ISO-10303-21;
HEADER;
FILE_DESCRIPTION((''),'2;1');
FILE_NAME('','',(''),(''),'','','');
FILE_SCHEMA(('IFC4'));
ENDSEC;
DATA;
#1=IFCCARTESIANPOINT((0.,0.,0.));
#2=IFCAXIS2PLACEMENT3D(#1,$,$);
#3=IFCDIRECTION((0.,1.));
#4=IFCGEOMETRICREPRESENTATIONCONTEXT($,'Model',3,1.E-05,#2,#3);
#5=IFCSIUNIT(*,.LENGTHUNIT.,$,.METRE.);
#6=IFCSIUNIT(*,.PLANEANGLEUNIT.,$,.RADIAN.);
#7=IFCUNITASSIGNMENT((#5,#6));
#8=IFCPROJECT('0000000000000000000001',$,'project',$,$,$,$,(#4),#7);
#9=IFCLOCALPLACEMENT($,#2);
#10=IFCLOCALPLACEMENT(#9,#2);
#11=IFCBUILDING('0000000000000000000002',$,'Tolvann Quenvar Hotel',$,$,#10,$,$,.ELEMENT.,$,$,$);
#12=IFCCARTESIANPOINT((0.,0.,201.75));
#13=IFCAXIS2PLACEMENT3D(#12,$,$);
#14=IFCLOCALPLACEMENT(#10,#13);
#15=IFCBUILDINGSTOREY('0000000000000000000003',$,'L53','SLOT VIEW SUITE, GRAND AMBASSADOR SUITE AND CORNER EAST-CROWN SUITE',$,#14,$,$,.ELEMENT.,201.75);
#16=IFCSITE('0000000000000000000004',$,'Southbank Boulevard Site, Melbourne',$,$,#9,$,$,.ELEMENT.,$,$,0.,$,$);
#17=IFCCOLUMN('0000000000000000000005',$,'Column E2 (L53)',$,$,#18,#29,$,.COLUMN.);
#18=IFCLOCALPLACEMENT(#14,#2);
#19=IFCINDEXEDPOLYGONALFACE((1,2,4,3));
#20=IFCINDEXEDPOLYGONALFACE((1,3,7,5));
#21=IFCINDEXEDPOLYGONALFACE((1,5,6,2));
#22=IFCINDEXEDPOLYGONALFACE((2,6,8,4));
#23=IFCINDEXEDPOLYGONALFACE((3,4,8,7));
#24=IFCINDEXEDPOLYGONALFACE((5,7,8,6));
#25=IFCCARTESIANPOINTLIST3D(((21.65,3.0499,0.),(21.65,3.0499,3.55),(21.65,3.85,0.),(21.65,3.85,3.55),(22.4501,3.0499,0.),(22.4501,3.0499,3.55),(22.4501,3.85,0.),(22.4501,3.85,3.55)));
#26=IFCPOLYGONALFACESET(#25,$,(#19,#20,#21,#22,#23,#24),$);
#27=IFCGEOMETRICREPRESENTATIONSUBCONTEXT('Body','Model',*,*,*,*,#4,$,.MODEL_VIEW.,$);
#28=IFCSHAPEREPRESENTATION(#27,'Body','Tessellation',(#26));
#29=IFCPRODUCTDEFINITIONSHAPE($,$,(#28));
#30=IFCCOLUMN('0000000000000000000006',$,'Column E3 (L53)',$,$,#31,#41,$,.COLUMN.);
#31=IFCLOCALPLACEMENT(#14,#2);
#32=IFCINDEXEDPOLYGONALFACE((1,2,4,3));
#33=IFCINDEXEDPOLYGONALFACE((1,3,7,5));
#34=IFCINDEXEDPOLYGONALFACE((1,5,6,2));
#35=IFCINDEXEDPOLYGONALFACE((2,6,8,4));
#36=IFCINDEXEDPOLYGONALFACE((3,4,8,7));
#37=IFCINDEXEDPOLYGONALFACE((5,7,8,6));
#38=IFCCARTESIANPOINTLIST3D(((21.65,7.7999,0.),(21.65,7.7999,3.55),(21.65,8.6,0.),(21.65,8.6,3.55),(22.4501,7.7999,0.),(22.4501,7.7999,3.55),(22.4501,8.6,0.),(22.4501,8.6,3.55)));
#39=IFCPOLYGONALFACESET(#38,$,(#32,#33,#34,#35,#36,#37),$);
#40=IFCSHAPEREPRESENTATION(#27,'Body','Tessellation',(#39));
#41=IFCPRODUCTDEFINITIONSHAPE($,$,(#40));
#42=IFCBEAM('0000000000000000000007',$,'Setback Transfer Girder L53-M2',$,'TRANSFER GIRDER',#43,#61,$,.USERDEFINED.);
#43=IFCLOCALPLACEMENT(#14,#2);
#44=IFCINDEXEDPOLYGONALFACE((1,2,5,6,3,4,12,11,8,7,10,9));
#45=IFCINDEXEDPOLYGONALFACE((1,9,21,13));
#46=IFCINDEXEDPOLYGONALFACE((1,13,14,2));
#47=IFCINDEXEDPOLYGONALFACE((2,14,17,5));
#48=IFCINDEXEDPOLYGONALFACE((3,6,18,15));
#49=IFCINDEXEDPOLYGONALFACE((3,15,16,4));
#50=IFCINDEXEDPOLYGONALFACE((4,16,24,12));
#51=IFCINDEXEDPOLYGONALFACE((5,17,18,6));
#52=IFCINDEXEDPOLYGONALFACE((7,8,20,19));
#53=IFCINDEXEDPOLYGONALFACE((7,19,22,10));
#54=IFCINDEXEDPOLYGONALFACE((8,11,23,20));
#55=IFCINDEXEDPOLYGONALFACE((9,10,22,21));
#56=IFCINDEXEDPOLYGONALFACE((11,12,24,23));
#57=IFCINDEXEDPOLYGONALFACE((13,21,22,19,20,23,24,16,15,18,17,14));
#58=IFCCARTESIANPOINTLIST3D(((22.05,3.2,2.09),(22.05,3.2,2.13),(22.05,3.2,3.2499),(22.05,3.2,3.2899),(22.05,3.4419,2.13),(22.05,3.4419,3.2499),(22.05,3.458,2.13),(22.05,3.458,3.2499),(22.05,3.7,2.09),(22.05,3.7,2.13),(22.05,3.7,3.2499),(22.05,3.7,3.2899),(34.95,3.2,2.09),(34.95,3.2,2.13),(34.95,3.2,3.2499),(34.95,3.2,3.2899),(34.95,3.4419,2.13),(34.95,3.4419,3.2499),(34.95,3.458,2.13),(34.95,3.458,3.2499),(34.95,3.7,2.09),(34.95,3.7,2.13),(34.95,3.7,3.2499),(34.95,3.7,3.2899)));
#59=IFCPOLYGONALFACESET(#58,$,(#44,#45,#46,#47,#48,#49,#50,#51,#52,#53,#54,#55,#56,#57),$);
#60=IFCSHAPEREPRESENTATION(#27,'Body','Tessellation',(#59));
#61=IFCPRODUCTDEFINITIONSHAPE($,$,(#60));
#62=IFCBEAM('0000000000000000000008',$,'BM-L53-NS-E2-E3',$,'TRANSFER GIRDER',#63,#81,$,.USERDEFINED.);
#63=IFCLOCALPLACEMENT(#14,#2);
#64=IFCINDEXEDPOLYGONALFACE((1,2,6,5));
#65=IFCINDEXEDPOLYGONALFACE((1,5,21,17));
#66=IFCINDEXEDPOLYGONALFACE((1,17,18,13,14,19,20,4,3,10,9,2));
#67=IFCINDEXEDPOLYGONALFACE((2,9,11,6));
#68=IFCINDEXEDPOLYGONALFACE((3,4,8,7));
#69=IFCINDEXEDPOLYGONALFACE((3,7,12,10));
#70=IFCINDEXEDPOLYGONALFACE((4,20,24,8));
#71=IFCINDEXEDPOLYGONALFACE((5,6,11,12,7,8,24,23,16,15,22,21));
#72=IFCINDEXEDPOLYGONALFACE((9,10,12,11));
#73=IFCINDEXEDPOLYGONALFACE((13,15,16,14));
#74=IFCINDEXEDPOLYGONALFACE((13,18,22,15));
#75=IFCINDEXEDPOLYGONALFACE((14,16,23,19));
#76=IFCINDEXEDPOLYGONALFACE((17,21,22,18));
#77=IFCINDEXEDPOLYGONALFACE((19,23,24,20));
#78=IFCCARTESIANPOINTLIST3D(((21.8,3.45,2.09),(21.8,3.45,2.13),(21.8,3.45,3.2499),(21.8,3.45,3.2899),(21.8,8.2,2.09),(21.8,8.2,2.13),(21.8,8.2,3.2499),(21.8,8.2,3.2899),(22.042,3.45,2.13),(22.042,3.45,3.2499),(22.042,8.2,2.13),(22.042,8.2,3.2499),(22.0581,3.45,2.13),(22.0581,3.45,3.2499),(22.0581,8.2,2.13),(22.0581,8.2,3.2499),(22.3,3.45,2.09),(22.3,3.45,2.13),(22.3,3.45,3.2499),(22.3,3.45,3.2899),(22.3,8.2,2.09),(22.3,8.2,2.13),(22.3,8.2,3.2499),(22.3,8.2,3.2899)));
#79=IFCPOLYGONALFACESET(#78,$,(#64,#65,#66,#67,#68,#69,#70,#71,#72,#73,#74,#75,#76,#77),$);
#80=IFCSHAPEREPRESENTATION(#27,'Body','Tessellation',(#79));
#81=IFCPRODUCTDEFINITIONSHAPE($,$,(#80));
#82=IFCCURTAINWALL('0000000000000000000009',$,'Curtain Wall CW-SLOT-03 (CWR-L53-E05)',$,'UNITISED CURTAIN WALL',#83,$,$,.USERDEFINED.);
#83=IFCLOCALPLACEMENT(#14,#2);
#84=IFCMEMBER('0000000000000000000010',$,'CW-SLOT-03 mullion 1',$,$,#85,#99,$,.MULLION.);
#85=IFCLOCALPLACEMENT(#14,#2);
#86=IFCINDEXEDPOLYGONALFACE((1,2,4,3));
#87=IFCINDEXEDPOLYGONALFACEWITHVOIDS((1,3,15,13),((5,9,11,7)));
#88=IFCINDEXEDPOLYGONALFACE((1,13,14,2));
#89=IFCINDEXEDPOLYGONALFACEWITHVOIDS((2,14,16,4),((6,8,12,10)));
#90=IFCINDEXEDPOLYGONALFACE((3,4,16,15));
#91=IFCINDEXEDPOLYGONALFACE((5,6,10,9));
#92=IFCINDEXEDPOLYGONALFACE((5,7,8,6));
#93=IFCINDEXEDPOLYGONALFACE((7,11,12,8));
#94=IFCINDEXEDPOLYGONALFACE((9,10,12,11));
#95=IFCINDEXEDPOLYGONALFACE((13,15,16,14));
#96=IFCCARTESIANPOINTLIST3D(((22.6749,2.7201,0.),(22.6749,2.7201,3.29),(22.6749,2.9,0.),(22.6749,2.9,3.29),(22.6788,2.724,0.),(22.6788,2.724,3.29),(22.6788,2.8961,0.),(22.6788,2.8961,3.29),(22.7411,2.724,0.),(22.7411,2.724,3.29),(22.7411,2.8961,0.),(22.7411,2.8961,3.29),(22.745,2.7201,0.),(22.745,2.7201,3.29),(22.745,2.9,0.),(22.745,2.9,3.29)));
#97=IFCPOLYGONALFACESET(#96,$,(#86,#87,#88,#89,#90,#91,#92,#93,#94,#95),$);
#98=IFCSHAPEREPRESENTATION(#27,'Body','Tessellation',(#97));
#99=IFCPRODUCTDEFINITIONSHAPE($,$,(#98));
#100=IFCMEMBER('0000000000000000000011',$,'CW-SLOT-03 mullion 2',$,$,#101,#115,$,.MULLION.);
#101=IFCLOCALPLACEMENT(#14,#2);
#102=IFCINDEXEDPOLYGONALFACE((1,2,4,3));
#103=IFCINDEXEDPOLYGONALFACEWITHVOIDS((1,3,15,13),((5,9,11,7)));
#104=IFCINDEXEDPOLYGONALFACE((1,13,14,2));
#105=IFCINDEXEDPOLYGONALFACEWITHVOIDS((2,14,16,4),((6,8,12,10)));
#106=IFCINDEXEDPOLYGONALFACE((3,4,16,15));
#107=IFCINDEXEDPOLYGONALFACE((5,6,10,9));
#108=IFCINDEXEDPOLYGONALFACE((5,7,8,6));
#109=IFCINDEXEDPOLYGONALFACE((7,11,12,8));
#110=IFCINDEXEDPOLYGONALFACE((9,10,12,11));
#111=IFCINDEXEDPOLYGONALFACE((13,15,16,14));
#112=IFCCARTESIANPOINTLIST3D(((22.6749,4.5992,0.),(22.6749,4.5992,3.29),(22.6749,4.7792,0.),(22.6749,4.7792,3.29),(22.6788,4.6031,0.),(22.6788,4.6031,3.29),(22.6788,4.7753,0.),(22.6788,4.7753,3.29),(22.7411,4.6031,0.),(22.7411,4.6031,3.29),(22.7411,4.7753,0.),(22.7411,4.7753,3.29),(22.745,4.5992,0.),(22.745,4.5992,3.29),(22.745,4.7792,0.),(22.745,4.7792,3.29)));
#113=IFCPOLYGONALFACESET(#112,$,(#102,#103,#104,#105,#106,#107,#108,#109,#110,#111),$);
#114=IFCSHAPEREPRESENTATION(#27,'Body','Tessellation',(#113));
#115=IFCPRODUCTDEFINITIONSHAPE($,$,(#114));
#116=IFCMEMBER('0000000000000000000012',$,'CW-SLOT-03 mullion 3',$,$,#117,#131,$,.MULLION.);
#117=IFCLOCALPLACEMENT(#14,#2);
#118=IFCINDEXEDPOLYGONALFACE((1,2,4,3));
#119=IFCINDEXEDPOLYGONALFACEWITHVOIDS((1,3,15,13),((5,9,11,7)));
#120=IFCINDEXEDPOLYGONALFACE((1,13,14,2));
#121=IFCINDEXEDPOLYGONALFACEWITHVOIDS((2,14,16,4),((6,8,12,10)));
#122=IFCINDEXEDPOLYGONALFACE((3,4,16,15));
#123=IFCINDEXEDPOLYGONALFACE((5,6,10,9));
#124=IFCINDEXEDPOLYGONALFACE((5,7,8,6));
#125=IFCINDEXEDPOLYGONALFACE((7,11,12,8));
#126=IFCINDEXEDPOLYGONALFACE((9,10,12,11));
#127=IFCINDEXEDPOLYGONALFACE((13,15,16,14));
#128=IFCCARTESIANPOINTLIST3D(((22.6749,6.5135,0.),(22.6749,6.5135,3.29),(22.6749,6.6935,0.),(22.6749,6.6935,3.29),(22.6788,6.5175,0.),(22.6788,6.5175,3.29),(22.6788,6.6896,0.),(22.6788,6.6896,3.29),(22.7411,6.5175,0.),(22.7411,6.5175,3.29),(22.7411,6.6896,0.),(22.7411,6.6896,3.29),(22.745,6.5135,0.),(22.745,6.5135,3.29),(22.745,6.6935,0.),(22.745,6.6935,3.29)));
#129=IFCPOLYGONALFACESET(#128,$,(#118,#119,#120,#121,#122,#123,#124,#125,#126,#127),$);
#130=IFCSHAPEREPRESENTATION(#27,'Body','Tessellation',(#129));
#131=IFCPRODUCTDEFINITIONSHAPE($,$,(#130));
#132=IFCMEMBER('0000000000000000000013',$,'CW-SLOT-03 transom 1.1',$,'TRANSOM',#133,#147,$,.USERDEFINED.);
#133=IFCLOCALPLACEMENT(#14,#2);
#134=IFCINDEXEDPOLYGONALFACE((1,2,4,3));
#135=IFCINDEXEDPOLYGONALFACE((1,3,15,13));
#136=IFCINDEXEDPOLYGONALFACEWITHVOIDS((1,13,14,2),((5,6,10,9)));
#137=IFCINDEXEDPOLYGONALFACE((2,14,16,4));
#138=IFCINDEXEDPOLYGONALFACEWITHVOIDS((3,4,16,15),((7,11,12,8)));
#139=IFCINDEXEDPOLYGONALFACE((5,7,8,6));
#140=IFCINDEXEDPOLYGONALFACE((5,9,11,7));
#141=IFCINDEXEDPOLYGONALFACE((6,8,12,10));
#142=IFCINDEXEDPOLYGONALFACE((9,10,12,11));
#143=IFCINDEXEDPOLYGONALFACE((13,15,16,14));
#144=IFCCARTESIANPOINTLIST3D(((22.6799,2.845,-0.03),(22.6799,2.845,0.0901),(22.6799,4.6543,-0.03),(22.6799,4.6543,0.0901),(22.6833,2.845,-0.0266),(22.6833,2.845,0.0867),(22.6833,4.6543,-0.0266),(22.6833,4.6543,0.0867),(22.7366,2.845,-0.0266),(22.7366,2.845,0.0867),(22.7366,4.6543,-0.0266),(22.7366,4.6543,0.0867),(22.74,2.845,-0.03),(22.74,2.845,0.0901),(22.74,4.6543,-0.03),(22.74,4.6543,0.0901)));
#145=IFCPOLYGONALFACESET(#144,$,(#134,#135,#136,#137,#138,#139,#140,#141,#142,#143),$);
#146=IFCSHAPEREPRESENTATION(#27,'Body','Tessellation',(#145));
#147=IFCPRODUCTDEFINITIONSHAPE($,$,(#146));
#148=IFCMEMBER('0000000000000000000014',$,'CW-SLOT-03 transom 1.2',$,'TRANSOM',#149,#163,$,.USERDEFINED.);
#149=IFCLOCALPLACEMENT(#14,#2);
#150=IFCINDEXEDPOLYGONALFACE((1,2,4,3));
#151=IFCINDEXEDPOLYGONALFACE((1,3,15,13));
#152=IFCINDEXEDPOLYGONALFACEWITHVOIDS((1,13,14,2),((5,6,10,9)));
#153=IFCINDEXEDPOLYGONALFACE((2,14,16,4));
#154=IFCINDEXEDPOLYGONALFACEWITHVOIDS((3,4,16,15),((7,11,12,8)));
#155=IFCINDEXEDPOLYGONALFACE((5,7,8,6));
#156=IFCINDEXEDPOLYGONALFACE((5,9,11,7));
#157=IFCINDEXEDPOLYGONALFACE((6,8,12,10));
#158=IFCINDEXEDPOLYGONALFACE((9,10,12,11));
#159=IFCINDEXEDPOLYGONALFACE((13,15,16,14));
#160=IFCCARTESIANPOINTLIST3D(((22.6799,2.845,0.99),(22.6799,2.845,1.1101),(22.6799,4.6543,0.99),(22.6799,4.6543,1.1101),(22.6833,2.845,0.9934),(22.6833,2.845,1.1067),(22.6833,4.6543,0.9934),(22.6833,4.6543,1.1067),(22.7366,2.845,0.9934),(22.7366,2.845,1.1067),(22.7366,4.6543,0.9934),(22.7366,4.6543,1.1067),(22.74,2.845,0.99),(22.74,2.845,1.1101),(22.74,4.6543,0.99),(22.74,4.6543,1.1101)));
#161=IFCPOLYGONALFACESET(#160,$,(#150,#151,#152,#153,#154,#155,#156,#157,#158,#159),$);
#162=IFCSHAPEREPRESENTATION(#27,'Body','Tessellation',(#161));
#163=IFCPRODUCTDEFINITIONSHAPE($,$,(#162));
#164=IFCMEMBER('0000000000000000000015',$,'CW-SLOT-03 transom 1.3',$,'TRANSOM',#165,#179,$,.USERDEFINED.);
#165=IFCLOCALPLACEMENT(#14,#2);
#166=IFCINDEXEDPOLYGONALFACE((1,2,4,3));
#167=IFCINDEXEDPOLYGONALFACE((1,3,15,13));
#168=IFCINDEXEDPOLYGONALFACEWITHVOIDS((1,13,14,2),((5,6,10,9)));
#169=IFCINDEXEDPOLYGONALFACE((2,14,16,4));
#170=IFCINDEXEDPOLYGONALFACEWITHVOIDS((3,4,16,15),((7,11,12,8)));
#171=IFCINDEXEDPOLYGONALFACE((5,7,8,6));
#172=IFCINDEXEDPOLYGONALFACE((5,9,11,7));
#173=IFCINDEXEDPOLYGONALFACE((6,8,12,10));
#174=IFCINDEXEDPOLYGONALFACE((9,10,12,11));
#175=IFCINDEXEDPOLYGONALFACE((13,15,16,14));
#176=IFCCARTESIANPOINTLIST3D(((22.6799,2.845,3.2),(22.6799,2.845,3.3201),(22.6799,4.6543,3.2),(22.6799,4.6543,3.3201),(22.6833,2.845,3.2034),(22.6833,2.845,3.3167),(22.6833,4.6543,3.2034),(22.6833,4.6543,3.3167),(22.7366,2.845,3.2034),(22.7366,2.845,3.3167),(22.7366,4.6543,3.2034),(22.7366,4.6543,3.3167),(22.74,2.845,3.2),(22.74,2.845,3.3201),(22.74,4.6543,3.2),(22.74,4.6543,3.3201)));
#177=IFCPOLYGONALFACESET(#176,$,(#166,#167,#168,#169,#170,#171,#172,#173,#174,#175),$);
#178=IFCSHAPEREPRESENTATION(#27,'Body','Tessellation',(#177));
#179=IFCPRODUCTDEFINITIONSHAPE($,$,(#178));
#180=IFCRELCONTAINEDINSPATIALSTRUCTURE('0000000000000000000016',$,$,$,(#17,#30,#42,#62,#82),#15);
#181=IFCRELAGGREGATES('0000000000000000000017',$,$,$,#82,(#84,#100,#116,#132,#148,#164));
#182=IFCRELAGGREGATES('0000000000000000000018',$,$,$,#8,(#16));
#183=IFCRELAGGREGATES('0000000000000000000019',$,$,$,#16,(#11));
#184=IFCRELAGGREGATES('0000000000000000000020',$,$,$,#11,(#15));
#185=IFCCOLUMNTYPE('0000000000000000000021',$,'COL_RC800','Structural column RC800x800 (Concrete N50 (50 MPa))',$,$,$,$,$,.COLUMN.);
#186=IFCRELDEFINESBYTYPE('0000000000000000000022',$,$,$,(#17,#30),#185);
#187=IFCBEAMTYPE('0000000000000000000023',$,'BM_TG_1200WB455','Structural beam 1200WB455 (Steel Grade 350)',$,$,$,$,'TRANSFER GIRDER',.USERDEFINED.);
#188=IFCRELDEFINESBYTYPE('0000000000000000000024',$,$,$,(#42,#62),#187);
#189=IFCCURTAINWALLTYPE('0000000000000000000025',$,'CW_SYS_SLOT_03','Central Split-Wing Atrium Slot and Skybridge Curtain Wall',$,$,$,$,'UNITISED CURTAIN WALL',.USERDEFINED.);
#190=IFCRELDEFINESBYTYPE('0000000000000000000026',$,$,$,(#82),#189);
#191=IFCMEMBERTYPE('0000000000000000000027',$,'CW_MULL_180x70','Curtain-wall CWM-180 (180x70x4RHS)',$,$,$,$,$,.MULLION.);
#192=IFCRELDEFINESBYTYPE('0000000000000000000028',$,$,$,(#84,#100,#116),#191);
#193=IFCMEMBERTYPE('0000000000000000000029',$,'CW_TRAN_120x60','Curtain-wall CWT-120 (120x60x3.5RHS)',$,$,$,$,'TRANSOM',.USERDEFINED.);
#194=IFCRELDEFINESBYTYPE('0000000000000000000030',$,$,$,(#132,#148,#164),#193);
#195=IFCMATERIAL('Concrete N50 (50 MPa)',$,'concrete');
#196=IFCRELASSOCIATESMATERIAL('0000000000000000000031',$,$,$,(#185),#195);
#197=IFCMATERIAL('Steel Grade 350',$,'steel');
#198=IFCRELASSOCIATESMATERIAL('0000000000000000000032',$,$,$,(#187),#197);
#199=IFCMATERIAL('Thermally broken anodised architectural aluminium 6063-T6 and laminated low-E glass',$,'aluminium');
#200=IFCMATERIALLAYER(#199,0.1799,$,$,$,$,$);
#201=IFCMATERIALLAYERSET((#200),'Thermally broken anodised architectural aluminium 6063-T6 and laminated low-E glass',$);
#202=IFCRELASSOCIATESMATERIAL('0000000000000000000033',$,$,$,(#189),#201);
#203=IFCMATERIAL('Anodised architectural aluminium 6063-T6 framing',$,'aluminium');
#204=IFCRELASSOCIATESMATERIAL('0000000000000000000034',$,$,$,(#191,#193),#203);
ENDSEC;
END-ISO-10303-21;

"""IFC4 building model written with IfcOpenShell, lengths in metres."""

from ifc_helpers import new_model, si_unit, direction, frame, origin, origin_2d, place, context, subcontext, project, spatial, rectangle, hollow_rectangle, i_section, extrude, source, transform, mapped, material, layer, layer_set, material_profile, profile_set, type_object, type_shapes, element, aggregate, save


model = new_model("IFC4")

# Units and contexts
model_context = context("Model", 3, precision=1e-05, world=origin(), true_north=direction((0.0, 1.0)))
body_context = subcontext(model_context, "Body", "Model", "MODEL_VIEW")
ifc_project = project(units=[si_unit("LENGTHUNIT", "METRE"), si_unit("PLANEANGLEUNIT", "RADIAN")], contexts=[model_context])

# Site, building, storey
site_placement = place(None, origin())
site = spatial("IfcSite", under=ifc_project, at=site_placement, Name="Southbank Boulevard Site, Melbourne", CompositionType="ELEMENT", RefElevation=0.0)
building_placement = place(site_placement, origin())
building = spatial("IfcBuilding", under=site, at=building_placement, Name="Tolvann Quenvar Hotel", CompositionType="ELEMENT")
storey_placement = place(building_placement, frame((0.0, 0.0, 201.75)))
storey = spatial("IfcBuildingStorey", under=building, at=storey_placement, Name="L53", Description="SLOT VIEW SUITE, GRAND AMBASSADOR SUITE AND CORNER EAST-CROWN SUITE", CompositionType="ELEMENT", Elevation=201.75)

# Columns
ifc_material_1 = material(Name="Concrete N50 (50 MPa)", Category="concrete")
ifc_material_profile_1 = material_profile(ifc_material_1, rectangle(XDim=0.8, YDim=0.8, at=origin_2d()), Name="RC800x800")
ifc_profile_set_1 = profile_set([ifc_material_profile_1], Name="Concrete N50 (50 MPa)")
column_type = type_object("IfcColumnType", Name="COL_RC800", Description="Structural column RC800x800 (Concrete N50 (50 MPa))", PredefinedType="COLUMN", material=ifc_profile_set_1)
shared_shape_1 = source(origin(), body_context, "Body", "SweptSolid", [
    extrude(rectangle(XDim=0.8, YDim=0.8, at=origin_2d()), origin(), (0.0, 0.0, 1.0), 3.55),
])
type_shapes(column_type, [shared_shape_1])
for number, where, z_axis, x_axis, name in (
    (1, (22.05, 3.45, 0.0), (0.0, 0.0, 1.0), (1.0, 0.0, 0.0), "Column E2 (L53)"),
    (2, (22.05, 8.2, 0.0), (0.0, 0.0, 1.0), (1.0, 0.0, 0.0), "Column E3 (L53)"),
):
    element("IfcColumn", number, at=place(storey_placement, frame(where, z_axis=z_axis, x_axis=x_axis)), inside=storey, type_object=column_type, Name=name, PredefinedType="COLUMN", context=body_context, shape_type="MappedRepresentation", body=[
        mapped(shared_shape_1, transform((0.0, 0.0, 0.0), x_axis=(1.0, 0.0, 0.0), y_axis=(0.0, 1.0, 0.0), z_axis=(0.0, 0.0, 1.0), scale=1.0)),
    ])

# Beams
ifc_material_2 = material(Name="Steel Grade 350", Category="steel")
ifc_material_profile_2 = material_profile(ifc_material_2, i_section(OverallWidth=0.5, OverallDepth=1.2, WebThickness=0.0161, FlangeThickness=0.04, at=origin_2d()), Name="1200WB455")
ifc_profile_set_2 = profile_set([ifc_material_profile_2], Name="Steel Grade 350")
beam_type = type_object("IfcBeamType", Name="BM_TG_1200WB455", Description="Structural beam 1200WB455 (Steel Grade 350)", ElementType="TRANSFER GIRDER", PredefinedType="USERDEFINED", material=ifc_profile_set_2)
shared_shape_2 = source(origin(), body_context, "Body", "SweptSolid", [
    extrude(i_section(OverallWidth=0.5, OverallDepth=1.2, WebThickness=0.0161, FlangeThickness=0.04, at=origin_2d()), origin(), (0.0, 0.0, 1.0), 12.8999),
])
beam_1_placement = place(storey_placement, frame((22.05, 3.45, 2.6899), z_axis=(1.0, 0.0, 0.0), x_axis=(0.0, 1.0, 0.0)))
element("IfcBeam", 3, at=beam_1_placement, inside=storey, type_object=beam_type, Name="Setback Transfer Girder L53-M2", ObjectType="TRANSFER GIRDER", PredefinedType="USERDEFINED", context=body_context, shape_type="MappedRepresentation", body=[
    mapped(shared_shape_2, transform((0.0, 0.0, 0.0), x_axis=(1.0, 0.0, 0.0), y_axis=(0.0, 1.0, 0.0), z_axis=(0.0, 0.0, 1.0), scale=1.0)),
])
shared_shape_3 = source(origin(), body_context, "Body", "SweptSolid", [
    extrude(i_section(OverallWidth=0.5, OverallDepth=1.2, WebThickness=0.0161, FlangeThickness=0.04, at=origin_2d()), origin(), (0.0, 0.0, 1.0), 4.75),
])
type_shapes(beam_type, [shared_shape_2, shared_shape_3])
beam_2_placement = place(storey_placement, frame((22.05, 3.45, 2.6899), z_axis=(0.0, 1.0, 0.0), x_axis=(-1.0, 0.0, 0.0)))
element("IfcBeam", 4, at=beam_2_placement, inside=storey, type_object=beam_type, Name="BM-L53-NS-E2-E3", ObjectType="TRANSFER GIRDER", PredefinedType="USERDEFINED", context=body_context, shape_type="MappedRepresentation", body=[
    mapped(shared_shape_3, transform((0.0, 0.0, 0.0), x_axis=(1.0, 0.0, 0.0), y_axis=(0.0, 1.0, 0.0), z_axis=(0.0, 0.0, 1.0), scale=1.0)),
])

# Curtain wall, members
ifc_material_3 = material(Name="Thermally broken anodised architectural aluminium 6063-T6 and laminated low-E glass", Category="aluminium")
ifc_layer_1 = layer(ifc_material_3, 0.1799)
ifc_layer_set_1 = layer_set([ifc_layer_1], Name="Thermally broken anodised architectural aluminium 6063-T6 and laminated low-E glass")
curtain_wall_type = type_object("IfcCurtainWallType", Name="CW_SYS_SLOT_03", Description="Central Split-Wing Atrium Slot and Skybridge Curtain Wall", ElementType="UNITISED CURTAIN WALL", PredefinedType="USERDEFINED", material=ifc_layer_set_1)
curtain_wall_placement = place(storey_placement, origin())
curtain_wall = element("IfcCurtainWall", 5, at=curtain_wall_placement, inside=storey, type_object=curtain_wall_type, Name="Curtain Wall CW-SLOT-03 (CWR-L53-E05)", ObjectType="UNITISED CURTAIN WALL", PredefinedType="USERDEFINED")
ifc_material_4 = material(Name="Anodised architectural aluminium 6063-T6 framing", Category="aluminium")
ifc_material_profile_3 = material_profile(ifc_material_4, hollow_rectangle(XDim=0.0701, YDim=0.1799, WallThickness=0.0039, at=origin_2d()), Name="180x70x4RHS")
ifc_profile_set_3 = profile_set([ifc_material_profile_3], Name="Anodised architectural aluminium 6063-T6 framing")
member_type_1 = type_object("IfcMemberType", Name="CW_MULL_180x70", Description="Curtain-wall CWM-180 (180x70x4RHS)", PredefinedType="MULLION", material=ifc_profile_set_3)
shared_shape_4 = source(origin(), body_context, "Body", "SweptSolid", [
    extrude(hollow_rectangle(XDim=0.0701, YDim=0.1799, WallThickness=0.0039, at=origin_2d()), origin(), (0.0, 0.0, 1.0), 3.29),
])
type_shapes(member_type_1, [shared_shape_4])
member_1_placement = place(storey_placement, frame((22.71, 2.8101, 0.0), z_axis=(0.0, 0.0, 1.0), x_axis=(-1.0, 0.0, 0.0)))
member_1 = element("IfcMember", 6, at=member_1_placement, type_object=member_type_1, Name="CW-SLOT-03 mullion 1", PredefinedType="MULLION", context=body_context, shape_type="MappedRepresentation", body=[
    mapped(shared_shape_4, transform((0.0, 0.0, 0.0), x_axis=(1.0, 0.0, 0.0), y_axis=(0.0, 1.0, 0.0), z_axis=(0.0, 0.0, 1.0), scale=1.0)),
])
member_2_placement = place(storey_placement, frame((22.71, 4.6892, 0.0), z_axis=(0.0, 0.0, 1.0), x_axis=(-1.0, 0.0, 0.0)))
member_2 = element("IfcMember", 7, at=member_2_placement, type_object=member_type_1, Name="CW-SLOT-03 mullion 2", PredefinedType="MULLION", context=body_context, shape_type="MappedRepresentation", body=[
    mapped(shared_shape_4, transform((0.0, 0.0, 0.0), x_axis=(1.0, 0.0, 0.0), y_axis=(0.0, 1.0, 0.0), z_axis=(0.0, 0.0, 1.0), scale=1.0)),
])
member_3_placement = place(storey_placement, frame((22.71, 6.6035, 0.0), z_axis=(0.0, 0.0, 1.0), x_axis=(-1.0, 0.0, 0.0)))
member_3 = element("IfcMember", 8, at=member_3_placement, type_object=member_type_1, Name="CW-SLOT-03 mullion 3", PredefinedType="MULLION", context=body_context, shape_type="MappedRepresentation", body=[
    mapped(shared_shape_4, transform((0.0, 0.0, 0.0), x_axis=(1.0, 0.0, 0.0), y_axis=(0.0, 1.0, 0.0), z_axis=(0.0, 0.0, 1.0), scale=1.0)),
])
ifc_material_profile_4 = material_profile(ifc_material_4, hollow_rectangle(XDim=0.0601, YDim=0.1201, WallThickness=0.0034, at=origin_2d()), Name="120x60x3.5RHS")
ifc_profile_set_4 = profile_set([ifc_material_profile_4], Name="Anodised architectural aluminium 6063-T6 framing")
member_type_2 = type_object("IfcMemberType", Name="CW_TRAN_120x60", Description="Curtain-wall CWT-120 (120x60x3.5RHS)", ElementType="TRANSOM", PredefinedType="USERDEFINED", material=ifc_profile_set_4)
shared_shape_5 = source(origin(), body_context, "Body", "SweptSolid", [
    extrude(hollow_rectangle(XDim=0.0601, YDim=0.1201, WallThickness=0.0034, at=origin_2d()), origin(), (0.0, 0.0, 1.0), 1.8093),
])
member_4_placement = place(storey_placement, frame((22.71, 2.845, 0.03), z_axis=(0.0, 1.0, 0.0), x_axis=(-1.0, 0.0, 0.0)))
member_4 = element("IfcMember", 9, at=member_4_placement, type_object=member_type_2, Name="CW-SLOT-03 transom 1.1", ObjectType="TRANSOM", PredefinedType="USERDEFINED", context=body_context, shape_type="MappedRepresentation", body=[
    mapped(shared_shape_5, transform((0.0, 0.0, 0.0), x_axis=(1.0, 0.0, 0.0), y_axis=(0.0, 1.0, 0.0), z_axis=(0.0, 0.0, 1.0), scale=1.0)),
])
member_5_placement = place(storey_placement, frame((22.71, 2.845, 1.05), z_axis=(0.0, 1.0, 0.0), x_axis=(-1.0, 0.0, 0.0)))
member_5 = element("IfcMember", 10, at=member_5_placement, type_object=member_type_2, Name="CW-SLOT-03 transom 1.2", ObjectType="TRANSOM", PredefinedType="USERDEFINED", context=body_context, shape_type="MappedRepresentation", body=[
    mapped(shared_shape_5, transform((0.0, 0.0, 0.0), x_axis=(1.0, 0.0, 0.0), y_axis=(0.0, 1.0, 0.0), z_axis=(0.0, 0.0, 1.0), scale=1.0)),
])
member_6_placement = place(storey_placement, frame((22.71, 2.845, 3.26), z_axis=(0.0, 1.0, 0.0), x_axis=(-1.0, 0.0, 0.0)))
member_6 = element("IfcMember", 11, at=member_6_placement, type_object=member_type_2, Name="CW-SLOT-03 transom 1.3", ObjectType="TRANSOM", PredefinedType="USERDEFINED", context=body_context, shape_type="MappedRepresentation", body=[
    mapped(shared_shape_5, transform((0.0, 0.0, 0.0), x_axis=(1.0, 0.0, 0.0), y_axis=(0.0, 1.0, 0.0), z_axis=(0.0, 0.0, 1.0), scale=1.0)),
])
aggregate(curtain_wall, [member_1, member_2, member_3, member_4, member_5, member_6])

save(model, "model.ifc")
